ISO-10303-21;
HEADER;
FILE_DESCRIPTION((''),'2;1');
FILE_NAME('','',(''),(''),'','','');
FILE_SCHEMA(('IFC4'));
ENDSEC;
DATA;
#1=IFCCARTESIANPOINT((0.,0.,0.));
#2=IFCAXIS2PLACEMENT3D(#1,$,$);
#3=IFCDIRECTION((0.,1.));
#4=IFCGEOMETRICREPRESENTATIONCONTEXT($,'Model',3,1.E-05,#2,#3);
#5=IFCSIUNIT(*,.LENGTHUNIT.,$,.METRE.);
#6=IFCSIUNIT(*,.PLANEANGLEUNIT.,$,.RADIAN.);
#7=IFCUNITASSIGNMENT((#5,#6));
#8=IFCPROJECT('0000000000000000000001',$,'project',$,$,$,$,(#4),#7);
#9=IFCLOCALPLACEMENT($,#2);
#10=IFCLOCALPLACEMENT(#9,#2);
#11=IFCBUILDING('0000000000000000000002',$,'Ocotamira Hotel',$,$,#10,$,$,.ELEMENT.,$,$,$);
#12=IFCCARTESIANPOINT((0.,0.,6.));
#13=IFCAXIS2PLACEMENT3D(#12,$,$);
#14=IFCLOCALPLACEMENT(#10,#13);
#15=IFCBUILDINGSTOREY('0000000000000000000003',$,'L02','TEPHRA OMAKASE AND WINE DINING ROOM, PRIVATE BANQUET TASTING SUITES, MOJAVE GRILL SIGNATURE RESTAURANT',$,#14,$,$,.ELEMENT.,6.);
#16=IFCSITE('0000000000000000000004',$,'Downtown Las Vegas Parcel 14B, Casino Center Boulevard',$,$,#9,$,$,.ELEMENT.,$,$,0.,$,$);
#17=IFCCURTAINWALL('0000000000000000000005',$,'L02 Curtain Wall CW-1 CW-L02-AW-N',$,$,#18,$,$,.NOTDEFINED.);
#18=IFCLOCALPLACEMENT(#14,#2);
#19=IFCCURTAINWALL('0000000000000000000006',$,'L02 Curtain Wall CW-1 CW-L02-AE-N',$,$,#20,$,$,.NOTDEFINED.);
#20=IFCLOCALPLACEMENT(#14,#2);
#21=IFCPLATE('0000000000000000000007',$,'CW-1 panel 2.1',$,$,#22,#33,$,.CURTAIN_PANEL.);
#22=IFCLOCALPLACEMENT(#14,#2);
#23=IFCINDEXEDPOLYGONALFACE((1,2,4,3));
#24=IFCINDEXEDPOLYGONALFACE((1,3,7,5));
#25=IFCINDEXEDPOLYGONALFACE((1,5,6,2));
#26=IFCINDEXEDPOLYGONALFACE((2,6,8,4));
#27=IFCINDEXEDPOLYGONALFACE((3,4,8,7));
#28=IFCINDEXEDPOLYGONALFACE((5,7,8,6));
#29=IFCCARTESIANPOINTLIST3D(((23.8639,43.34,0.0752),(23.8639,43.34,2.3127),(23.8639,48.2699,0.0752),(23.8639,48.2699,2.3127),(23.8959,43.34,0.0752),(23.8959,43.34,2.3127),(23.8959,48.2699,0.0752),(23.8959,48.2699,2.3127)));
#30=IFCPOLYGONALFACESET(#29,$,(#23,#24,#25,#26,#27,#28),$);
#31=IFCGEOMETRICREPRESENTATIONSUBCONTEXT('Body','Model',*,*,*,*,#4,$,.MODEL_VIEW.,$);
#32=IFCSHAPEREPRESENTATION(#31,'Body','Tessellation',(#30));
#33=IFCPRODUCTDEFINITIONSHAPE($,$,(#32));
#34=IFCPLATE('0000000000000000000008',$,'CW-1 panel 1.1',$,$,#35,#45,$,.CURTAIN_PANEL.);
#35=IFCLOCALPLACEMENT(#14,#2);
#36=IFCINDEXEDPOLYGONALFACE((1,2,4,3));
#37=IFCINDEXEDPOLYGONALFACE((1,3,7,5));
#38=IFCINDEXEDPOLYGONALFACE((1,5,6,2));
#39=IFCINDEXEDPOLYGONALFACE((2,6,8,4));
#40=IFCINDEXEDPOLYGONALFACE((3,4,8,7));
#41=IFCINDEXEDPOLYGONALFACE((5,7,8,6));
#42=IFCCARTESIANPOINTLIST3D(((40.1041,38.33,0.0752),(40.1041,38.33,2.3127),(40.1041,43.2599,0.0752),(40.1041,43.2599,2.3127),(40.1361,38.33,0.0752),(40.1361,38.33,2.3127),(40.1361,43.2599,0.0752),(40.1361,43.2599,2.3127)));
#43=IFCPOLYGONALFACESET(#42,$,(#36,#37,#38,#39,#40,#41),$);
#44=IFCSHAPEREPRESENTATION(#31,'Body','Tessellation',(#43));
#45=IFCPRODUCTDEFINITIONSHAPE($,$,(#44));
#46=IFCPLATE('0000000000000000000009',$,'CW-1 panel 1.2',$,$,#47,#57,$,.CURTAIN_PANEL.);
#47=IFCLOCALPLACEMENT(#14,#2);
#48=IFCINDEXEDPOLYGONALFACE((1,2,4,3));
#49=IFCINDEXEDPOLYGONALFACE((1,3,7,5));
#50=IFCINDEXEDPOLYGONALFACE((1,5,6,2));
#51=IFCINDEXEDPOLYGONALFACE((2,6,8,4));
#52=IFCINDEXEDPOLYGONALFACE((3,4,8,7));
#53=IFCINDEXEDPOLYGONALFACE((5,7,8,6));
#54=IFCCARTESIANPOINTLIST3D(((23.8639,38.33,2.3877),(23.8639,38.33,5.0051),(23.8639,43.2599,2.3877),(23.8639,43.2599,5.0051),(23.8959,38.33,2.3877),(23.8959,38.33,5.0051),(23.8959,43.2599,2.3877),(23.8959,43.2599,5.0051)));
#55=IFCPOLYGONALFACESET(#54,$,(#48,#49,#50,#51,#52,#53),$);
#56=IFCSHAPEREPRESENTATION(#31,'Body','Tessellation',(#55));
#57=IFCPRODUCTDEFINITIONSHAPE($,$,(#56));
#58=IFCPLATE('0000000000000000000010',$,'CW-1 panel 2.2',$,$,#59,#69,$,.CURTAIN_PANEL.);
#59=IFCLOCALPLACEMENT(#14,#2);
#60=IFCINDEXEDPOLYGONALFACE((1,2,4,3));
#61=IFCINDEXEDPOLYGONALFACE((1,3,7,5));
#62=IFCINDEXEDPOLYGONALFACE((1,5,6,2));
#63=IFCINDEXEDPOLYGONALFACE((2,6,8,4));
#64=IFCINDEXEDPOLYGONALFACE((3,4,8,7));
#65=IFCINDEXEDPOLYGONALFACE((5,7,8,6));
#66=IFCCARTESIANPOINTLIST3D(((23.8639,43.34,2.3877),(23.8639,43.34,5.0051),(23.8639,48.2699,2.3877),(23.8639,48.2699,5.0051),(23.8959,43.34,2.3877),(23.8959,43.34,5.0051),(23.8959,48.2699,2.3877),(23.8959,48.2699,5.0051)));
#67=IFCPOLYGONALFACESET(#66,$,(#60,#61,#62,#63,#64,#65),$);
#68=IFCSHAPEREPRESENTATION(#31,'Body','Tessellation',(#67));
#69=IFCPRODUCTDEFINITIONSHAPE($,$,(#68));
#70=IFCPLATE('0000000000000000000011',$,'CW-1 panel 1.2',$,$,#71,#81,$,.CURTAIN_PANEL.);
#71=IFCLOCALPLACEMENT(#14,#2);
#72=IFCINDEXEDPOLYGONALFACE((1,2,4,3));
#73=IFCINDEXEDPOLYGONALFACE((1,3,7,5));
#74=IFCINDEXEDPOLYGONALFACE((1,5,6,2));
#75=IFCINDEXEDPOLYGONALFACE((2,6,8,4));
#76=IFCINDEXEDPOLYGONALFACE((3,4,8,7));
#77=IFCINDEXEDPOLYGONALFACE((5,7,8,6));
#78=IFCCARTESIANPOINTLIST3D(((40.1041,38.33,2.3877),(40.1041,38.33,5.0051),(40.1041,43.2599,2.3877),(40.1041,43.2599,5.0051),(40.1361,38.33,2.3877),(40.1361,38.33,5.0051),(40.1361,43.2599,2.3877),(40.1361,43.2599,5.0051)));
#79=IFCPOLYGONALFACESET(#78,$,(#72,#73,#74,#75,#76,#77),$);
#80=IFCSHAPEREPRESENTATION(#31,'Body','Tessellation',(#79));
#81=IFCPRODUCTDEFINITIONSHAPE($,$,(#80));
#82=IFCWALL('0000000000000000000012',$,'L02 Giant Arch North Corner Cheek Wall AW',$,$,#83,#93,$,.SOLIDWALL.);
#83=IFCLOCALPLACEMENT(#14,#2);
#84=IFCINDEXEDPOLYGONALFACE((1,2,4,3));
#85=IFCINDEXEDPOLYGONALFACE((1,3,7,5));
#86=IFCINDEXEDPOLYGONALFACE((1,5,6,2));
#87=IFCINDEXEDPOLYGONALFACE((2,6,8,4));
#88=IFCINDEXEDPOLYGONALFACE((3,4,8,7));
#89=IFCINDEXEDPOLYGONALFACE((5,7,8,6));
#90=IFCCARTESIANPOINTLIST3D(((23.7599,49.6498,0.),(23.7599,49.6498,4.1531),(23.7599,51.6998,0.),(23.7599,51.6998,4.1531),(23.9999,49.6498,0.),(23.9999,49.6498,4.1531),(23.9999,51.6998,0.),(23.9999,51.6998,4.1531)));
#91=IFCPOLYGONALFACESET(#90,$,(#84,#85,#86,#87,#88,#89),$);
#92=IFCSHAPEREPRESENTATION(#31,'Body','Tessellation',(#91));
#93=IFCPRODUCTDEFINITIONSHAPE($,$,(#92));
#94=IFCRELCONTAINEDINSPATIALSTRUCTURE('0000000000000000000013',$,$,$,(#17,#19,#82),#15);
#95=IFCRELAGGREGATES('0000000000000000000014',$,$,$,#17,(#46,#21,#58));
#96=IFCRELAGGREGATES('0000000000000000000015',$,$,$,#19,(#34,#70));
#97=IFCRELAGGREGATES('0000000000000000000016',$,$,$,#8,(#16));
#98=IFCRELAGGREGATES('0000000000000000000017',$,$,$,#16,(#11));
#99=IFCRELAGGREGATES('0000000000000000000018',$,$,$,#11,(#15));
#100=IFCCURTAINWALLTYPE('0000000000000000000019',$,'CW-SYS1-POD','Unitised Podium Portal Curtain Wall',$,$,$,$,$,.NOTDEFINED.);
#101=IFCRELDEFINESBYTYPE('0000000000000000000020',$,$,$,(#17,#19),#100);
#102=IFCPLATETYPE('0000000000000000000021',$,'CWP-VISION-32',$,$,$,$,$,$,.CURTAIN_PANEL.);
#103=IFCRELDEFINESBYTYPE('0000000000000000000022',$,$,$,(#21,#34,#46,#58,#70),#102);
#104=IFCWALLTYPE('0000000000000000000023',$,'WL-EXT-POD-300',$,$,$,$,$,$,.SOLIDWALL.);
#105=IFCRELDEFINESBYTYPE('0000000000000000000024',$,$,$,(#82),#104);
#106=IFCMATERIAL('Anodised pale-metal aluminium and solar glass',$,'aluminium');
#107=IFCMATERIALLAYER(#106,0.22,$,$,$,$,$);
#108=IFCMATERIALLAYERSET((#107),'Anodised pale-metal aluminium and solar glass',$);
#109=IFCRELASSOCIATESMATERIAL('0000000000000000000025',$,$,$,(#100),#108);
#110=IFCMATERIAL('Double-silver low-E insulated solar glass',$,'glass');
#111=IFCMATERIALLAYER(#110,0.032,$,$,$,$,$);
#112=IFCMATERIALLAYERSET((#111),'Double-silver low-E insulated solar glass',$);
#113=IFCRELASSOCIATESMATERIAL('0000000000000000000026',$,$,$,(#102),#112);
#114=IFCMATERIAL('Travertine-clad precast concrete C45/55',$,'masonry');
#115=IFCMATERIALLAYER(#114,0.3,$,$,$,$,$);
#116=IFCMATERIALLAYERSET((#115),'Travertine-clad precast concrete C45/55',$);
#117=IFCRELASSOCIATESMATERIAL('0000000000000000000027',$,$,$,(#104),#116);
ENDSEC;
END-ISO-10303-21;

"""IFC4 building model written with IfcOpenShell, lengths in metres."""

from ifc_helpers import new_model, si_unit, direction, frame, frame_2d, origin, origin_2d, place, context, subcontext, project, spatial, rectangle, extrude, source, transform, mapped, material, layer, layer_set, type_object, element, aggregate, save


model = new_model("IFC4")

# Units and contexts
model_context = context("Model", 3, precision=1e-05, world=origin(), true_north=direction((0.0, 1.0)))
body_context = subcontext(model_context, "Body", "Model", "MODEL_VIEW")
ifc_project = project(units=[si_unit("LENGTHUNIT", "METRE"), si_unit("PLANEANGLEUNIT", "RADIAN")], contexts=[model_context])

# Site, building, storey
site_placement = place(None, origin())
site = spatial("IfcSite", under=ifc_project, at=site_placement, Name="Downtown Las Vegas Parcel 14B, Casino Center Boulevard", CompositionType="ELEMENT", RefElevation=0.0)
building_placement = place(site_placement, origin())
building = spatial("IfcBuilding", under=site, at=building_placement, Name="Ocotamira Hotel", CompositionType="ELEMENT")
storey_placement = place(building_placement, frame((0.0, 0.0, 6.0)))
storey = spatial("IfcBuildingStorey", under=building, at=storey_placement, Name="L02", Description="TEPHRA OMAKASE AND WINE DINING ROOM, PRIVATE BANQUET TASTING SUITES, MOJAVE GRILL SIGNATURE RESTAURANT", CompositionType="ELEMENT", Elevation=6.0)

# Shared definitions
ifc_material_1 = material(Name="Anodised pale-metal aluminium and solar glass", Category="aluminium")
ifc_layer_1 = layer(ifc_material_1, 0.22)
ifc_layer_set_1 = layer_set([ifc_layer_1], Name="Anodised pale-metal aluminium and solar glass")
curtain_wall_type = type_object("IfcCurtainWallType", Name="CW-SYS1-POD", Description="Unitised Podium Portal Curtain Wall", PredefinedType="NOTDEFINED", material=ifc_layer_set_1)

# Curtain walls
curtain_wall_1_placement = place(storey_placement, origin())
curtain_wall_1 = element("IfcCurtainWall", 1, at=curtain_wall_1_placement, inside=storey, type_object=curtain_wall_type, Name="L02 Curtain Wall CW-1 CW-L02-AW-N", PredefinedType="NOTDEFINED")
curtain_wall_2_placement = place(storey_placement, origin())
curtain_wall_2 = element("IfcCurtainWall", 2, at=curtain_wall_2_placement, inside=storey, type_object=curtain_wall_type, Name="L02 Curtain Wall CW-1 CW-L02-AE-N", PredefinedType="NOTDEFINED")

# Plates
ifc_material_2 = material(Name="Double-silver low-E insulated solar glass", Category="glass")
ifc_layer_2 = layer(ifc_material_2, 0.032)
ifc_layer_set_2 = layer_set([ifc_layer_2], Name="Double-silver low-E insulated solar glass")
plate_type_1 = type_object("IfcPlateType", Name="CWP-VISION-32", PredefinedType="CURTAIN_PANEL", material=ifc_layer_set_2)
shared_shape_1 = source(origin(), body_context, "Body", "SweptSolid", [
    extrude(rectangle(XDim=4.9299, YDim=0.032, at=origin_2d()), origin(), (0.0, 0.0, 1.0), 2.2375),
])
plate_1_placement = place(storey_placement, frame((23.8799, 45.8049, 0.0752), z_axis=(0.0, 0.0, 1.0), x_axis=(0.0, 1.0, 0.0)))
plate_1 = element("IfcPlate", 3, at=plate_1_placement, type_object=plate_type_1, Name="CW-1 panel 2.1", PredefinedType="CURTAIN_PANEL", context=body_context, shape_type="MappedRepresentation", body=[
    mapped(shared_shape_1, transform((0.0, 0.0, 0.0), scale=1.0)),
])
plate_2_placement = place(storey_placement, frame((40.1201, 40.7949, 0.0752), z_axis=(0.0, 0.0, 1.0), x_axis=(0.0, 1.0, 0.0)))
plate_2 = element("IfcPlate", 4, at=plate_2_placement, type_object=plate_type_1, Name="CW-1 panel 1.1", PredefinedType="CURTAIN_PANEL", context=body_context, shape_type="MappedRepresentation", body=[
    mapped(shared_shape_1, transform((0.0, 0.0, 0.0), scale=1.0)),
])
shared_shape_2 = source(origin(), body_context, "Body", "SweptSolid", [
    extrude(rectangle(XDim=4.9299, YDim=0.032, at=origin_2d()), origin(), (0.0, 0.0, 1.0), 2.6174),
])
plate_3_placement = place(storey_placement, frame((23.8799, 40.7949, 2.3877), z_axis=(0.0, 0.0, 1.0), x_axis=(0.0, 1.0, 0.0)))
plate_3 = element("IfcPlate", 5, at=plate_3_placement, type_object=plate_type_1, Name="CW-1 panel 1.2", PredefinedType="CURTAIN_PANEL", context=body_context, shape_type="MappedRepresentation", body=[
    mapped(shared_shape_2, transform((0.0, 0.0, 0.0), scale=1.0)),
])
plate_4_placement = place(storey_placement, frame((23.8799, 45.8049, 2.3877), z_axis=(0.0, 0.0, 1.0), x_axis=(0.0, 1.0, 0.0)))
plate_4 = element("IfcPlate", 6, at=plate_4_placement, type_object=plate_type_1, Name="CW-1 panel 2.2", PredefinedType="CURTAIN_PANEL", context=body_context, shape_type="MappedRepresentation", body=[
    mapped(shared_shape_2, transform((0.0, 0.0, 0.0), scale=1.0)),
])
aggregate(curtain_wall_1, [plate_3, plate_1, plate_4])
plate_5_placement = place(storey_placement, frame((40.1201, 40.7949, 2.3877), z_axis=(0.0, 0.0, 1.0), x_axis=(0.0, 1.0, 0.0)))
plate_5 = element("IfcPlate", 7, at=plate_5_placement, type_object=plate_type_1, Name="CW-1 panel 1.2", PredefinedType="CURTAIN_PANEL", context=body_context, shape_type="MappedRepresentation", body=[
    mapped(shared_shape_2, transform((0.0, 0.0, 0.0), scale=1.0)),
])
aggregate(curtain_wall_2, [plate_2, plate_5])

# Wall
ifc_material_3 = material(Name="Travertine-clad precast concrete C45/55", Category="masonry")
ifc_layer_3 = layer(ifc_material_3, 0.3)
ifc_layer_set_3 = layer_set([ifc_layer_3], Name="Travertine-clad precast concrete C45/55")
wall_type = type_object("IfcWallType", Name="WL-EXT-POD-300", PredefinedType="SOLIDWALL", material=ifc_layer_set_3)
wall_placement = place(storey_placement, frame((23.8799, 49.6499, 0.0), z_axis=(0.0, 0.0, 1.0), x_axis=(0.0, 1.0, 0.0)))
element("IfcWall", 8, at=wall_placement, inside=storey, type_object=wall_type, Name="L02 Giant Arch North Corner Cheek Wall AW", PredefinedType="SOLIDWALL", context=body_context, shape_type="SweptSolid", body=[
    extrude(rectangle(XDim=2.05, YDim=0.24, at=frame_2d((1.0249, 0.0))), origin(), (0.0, 0.0, 1.0), 4.1531),
])

save(model, "model.ifc")
